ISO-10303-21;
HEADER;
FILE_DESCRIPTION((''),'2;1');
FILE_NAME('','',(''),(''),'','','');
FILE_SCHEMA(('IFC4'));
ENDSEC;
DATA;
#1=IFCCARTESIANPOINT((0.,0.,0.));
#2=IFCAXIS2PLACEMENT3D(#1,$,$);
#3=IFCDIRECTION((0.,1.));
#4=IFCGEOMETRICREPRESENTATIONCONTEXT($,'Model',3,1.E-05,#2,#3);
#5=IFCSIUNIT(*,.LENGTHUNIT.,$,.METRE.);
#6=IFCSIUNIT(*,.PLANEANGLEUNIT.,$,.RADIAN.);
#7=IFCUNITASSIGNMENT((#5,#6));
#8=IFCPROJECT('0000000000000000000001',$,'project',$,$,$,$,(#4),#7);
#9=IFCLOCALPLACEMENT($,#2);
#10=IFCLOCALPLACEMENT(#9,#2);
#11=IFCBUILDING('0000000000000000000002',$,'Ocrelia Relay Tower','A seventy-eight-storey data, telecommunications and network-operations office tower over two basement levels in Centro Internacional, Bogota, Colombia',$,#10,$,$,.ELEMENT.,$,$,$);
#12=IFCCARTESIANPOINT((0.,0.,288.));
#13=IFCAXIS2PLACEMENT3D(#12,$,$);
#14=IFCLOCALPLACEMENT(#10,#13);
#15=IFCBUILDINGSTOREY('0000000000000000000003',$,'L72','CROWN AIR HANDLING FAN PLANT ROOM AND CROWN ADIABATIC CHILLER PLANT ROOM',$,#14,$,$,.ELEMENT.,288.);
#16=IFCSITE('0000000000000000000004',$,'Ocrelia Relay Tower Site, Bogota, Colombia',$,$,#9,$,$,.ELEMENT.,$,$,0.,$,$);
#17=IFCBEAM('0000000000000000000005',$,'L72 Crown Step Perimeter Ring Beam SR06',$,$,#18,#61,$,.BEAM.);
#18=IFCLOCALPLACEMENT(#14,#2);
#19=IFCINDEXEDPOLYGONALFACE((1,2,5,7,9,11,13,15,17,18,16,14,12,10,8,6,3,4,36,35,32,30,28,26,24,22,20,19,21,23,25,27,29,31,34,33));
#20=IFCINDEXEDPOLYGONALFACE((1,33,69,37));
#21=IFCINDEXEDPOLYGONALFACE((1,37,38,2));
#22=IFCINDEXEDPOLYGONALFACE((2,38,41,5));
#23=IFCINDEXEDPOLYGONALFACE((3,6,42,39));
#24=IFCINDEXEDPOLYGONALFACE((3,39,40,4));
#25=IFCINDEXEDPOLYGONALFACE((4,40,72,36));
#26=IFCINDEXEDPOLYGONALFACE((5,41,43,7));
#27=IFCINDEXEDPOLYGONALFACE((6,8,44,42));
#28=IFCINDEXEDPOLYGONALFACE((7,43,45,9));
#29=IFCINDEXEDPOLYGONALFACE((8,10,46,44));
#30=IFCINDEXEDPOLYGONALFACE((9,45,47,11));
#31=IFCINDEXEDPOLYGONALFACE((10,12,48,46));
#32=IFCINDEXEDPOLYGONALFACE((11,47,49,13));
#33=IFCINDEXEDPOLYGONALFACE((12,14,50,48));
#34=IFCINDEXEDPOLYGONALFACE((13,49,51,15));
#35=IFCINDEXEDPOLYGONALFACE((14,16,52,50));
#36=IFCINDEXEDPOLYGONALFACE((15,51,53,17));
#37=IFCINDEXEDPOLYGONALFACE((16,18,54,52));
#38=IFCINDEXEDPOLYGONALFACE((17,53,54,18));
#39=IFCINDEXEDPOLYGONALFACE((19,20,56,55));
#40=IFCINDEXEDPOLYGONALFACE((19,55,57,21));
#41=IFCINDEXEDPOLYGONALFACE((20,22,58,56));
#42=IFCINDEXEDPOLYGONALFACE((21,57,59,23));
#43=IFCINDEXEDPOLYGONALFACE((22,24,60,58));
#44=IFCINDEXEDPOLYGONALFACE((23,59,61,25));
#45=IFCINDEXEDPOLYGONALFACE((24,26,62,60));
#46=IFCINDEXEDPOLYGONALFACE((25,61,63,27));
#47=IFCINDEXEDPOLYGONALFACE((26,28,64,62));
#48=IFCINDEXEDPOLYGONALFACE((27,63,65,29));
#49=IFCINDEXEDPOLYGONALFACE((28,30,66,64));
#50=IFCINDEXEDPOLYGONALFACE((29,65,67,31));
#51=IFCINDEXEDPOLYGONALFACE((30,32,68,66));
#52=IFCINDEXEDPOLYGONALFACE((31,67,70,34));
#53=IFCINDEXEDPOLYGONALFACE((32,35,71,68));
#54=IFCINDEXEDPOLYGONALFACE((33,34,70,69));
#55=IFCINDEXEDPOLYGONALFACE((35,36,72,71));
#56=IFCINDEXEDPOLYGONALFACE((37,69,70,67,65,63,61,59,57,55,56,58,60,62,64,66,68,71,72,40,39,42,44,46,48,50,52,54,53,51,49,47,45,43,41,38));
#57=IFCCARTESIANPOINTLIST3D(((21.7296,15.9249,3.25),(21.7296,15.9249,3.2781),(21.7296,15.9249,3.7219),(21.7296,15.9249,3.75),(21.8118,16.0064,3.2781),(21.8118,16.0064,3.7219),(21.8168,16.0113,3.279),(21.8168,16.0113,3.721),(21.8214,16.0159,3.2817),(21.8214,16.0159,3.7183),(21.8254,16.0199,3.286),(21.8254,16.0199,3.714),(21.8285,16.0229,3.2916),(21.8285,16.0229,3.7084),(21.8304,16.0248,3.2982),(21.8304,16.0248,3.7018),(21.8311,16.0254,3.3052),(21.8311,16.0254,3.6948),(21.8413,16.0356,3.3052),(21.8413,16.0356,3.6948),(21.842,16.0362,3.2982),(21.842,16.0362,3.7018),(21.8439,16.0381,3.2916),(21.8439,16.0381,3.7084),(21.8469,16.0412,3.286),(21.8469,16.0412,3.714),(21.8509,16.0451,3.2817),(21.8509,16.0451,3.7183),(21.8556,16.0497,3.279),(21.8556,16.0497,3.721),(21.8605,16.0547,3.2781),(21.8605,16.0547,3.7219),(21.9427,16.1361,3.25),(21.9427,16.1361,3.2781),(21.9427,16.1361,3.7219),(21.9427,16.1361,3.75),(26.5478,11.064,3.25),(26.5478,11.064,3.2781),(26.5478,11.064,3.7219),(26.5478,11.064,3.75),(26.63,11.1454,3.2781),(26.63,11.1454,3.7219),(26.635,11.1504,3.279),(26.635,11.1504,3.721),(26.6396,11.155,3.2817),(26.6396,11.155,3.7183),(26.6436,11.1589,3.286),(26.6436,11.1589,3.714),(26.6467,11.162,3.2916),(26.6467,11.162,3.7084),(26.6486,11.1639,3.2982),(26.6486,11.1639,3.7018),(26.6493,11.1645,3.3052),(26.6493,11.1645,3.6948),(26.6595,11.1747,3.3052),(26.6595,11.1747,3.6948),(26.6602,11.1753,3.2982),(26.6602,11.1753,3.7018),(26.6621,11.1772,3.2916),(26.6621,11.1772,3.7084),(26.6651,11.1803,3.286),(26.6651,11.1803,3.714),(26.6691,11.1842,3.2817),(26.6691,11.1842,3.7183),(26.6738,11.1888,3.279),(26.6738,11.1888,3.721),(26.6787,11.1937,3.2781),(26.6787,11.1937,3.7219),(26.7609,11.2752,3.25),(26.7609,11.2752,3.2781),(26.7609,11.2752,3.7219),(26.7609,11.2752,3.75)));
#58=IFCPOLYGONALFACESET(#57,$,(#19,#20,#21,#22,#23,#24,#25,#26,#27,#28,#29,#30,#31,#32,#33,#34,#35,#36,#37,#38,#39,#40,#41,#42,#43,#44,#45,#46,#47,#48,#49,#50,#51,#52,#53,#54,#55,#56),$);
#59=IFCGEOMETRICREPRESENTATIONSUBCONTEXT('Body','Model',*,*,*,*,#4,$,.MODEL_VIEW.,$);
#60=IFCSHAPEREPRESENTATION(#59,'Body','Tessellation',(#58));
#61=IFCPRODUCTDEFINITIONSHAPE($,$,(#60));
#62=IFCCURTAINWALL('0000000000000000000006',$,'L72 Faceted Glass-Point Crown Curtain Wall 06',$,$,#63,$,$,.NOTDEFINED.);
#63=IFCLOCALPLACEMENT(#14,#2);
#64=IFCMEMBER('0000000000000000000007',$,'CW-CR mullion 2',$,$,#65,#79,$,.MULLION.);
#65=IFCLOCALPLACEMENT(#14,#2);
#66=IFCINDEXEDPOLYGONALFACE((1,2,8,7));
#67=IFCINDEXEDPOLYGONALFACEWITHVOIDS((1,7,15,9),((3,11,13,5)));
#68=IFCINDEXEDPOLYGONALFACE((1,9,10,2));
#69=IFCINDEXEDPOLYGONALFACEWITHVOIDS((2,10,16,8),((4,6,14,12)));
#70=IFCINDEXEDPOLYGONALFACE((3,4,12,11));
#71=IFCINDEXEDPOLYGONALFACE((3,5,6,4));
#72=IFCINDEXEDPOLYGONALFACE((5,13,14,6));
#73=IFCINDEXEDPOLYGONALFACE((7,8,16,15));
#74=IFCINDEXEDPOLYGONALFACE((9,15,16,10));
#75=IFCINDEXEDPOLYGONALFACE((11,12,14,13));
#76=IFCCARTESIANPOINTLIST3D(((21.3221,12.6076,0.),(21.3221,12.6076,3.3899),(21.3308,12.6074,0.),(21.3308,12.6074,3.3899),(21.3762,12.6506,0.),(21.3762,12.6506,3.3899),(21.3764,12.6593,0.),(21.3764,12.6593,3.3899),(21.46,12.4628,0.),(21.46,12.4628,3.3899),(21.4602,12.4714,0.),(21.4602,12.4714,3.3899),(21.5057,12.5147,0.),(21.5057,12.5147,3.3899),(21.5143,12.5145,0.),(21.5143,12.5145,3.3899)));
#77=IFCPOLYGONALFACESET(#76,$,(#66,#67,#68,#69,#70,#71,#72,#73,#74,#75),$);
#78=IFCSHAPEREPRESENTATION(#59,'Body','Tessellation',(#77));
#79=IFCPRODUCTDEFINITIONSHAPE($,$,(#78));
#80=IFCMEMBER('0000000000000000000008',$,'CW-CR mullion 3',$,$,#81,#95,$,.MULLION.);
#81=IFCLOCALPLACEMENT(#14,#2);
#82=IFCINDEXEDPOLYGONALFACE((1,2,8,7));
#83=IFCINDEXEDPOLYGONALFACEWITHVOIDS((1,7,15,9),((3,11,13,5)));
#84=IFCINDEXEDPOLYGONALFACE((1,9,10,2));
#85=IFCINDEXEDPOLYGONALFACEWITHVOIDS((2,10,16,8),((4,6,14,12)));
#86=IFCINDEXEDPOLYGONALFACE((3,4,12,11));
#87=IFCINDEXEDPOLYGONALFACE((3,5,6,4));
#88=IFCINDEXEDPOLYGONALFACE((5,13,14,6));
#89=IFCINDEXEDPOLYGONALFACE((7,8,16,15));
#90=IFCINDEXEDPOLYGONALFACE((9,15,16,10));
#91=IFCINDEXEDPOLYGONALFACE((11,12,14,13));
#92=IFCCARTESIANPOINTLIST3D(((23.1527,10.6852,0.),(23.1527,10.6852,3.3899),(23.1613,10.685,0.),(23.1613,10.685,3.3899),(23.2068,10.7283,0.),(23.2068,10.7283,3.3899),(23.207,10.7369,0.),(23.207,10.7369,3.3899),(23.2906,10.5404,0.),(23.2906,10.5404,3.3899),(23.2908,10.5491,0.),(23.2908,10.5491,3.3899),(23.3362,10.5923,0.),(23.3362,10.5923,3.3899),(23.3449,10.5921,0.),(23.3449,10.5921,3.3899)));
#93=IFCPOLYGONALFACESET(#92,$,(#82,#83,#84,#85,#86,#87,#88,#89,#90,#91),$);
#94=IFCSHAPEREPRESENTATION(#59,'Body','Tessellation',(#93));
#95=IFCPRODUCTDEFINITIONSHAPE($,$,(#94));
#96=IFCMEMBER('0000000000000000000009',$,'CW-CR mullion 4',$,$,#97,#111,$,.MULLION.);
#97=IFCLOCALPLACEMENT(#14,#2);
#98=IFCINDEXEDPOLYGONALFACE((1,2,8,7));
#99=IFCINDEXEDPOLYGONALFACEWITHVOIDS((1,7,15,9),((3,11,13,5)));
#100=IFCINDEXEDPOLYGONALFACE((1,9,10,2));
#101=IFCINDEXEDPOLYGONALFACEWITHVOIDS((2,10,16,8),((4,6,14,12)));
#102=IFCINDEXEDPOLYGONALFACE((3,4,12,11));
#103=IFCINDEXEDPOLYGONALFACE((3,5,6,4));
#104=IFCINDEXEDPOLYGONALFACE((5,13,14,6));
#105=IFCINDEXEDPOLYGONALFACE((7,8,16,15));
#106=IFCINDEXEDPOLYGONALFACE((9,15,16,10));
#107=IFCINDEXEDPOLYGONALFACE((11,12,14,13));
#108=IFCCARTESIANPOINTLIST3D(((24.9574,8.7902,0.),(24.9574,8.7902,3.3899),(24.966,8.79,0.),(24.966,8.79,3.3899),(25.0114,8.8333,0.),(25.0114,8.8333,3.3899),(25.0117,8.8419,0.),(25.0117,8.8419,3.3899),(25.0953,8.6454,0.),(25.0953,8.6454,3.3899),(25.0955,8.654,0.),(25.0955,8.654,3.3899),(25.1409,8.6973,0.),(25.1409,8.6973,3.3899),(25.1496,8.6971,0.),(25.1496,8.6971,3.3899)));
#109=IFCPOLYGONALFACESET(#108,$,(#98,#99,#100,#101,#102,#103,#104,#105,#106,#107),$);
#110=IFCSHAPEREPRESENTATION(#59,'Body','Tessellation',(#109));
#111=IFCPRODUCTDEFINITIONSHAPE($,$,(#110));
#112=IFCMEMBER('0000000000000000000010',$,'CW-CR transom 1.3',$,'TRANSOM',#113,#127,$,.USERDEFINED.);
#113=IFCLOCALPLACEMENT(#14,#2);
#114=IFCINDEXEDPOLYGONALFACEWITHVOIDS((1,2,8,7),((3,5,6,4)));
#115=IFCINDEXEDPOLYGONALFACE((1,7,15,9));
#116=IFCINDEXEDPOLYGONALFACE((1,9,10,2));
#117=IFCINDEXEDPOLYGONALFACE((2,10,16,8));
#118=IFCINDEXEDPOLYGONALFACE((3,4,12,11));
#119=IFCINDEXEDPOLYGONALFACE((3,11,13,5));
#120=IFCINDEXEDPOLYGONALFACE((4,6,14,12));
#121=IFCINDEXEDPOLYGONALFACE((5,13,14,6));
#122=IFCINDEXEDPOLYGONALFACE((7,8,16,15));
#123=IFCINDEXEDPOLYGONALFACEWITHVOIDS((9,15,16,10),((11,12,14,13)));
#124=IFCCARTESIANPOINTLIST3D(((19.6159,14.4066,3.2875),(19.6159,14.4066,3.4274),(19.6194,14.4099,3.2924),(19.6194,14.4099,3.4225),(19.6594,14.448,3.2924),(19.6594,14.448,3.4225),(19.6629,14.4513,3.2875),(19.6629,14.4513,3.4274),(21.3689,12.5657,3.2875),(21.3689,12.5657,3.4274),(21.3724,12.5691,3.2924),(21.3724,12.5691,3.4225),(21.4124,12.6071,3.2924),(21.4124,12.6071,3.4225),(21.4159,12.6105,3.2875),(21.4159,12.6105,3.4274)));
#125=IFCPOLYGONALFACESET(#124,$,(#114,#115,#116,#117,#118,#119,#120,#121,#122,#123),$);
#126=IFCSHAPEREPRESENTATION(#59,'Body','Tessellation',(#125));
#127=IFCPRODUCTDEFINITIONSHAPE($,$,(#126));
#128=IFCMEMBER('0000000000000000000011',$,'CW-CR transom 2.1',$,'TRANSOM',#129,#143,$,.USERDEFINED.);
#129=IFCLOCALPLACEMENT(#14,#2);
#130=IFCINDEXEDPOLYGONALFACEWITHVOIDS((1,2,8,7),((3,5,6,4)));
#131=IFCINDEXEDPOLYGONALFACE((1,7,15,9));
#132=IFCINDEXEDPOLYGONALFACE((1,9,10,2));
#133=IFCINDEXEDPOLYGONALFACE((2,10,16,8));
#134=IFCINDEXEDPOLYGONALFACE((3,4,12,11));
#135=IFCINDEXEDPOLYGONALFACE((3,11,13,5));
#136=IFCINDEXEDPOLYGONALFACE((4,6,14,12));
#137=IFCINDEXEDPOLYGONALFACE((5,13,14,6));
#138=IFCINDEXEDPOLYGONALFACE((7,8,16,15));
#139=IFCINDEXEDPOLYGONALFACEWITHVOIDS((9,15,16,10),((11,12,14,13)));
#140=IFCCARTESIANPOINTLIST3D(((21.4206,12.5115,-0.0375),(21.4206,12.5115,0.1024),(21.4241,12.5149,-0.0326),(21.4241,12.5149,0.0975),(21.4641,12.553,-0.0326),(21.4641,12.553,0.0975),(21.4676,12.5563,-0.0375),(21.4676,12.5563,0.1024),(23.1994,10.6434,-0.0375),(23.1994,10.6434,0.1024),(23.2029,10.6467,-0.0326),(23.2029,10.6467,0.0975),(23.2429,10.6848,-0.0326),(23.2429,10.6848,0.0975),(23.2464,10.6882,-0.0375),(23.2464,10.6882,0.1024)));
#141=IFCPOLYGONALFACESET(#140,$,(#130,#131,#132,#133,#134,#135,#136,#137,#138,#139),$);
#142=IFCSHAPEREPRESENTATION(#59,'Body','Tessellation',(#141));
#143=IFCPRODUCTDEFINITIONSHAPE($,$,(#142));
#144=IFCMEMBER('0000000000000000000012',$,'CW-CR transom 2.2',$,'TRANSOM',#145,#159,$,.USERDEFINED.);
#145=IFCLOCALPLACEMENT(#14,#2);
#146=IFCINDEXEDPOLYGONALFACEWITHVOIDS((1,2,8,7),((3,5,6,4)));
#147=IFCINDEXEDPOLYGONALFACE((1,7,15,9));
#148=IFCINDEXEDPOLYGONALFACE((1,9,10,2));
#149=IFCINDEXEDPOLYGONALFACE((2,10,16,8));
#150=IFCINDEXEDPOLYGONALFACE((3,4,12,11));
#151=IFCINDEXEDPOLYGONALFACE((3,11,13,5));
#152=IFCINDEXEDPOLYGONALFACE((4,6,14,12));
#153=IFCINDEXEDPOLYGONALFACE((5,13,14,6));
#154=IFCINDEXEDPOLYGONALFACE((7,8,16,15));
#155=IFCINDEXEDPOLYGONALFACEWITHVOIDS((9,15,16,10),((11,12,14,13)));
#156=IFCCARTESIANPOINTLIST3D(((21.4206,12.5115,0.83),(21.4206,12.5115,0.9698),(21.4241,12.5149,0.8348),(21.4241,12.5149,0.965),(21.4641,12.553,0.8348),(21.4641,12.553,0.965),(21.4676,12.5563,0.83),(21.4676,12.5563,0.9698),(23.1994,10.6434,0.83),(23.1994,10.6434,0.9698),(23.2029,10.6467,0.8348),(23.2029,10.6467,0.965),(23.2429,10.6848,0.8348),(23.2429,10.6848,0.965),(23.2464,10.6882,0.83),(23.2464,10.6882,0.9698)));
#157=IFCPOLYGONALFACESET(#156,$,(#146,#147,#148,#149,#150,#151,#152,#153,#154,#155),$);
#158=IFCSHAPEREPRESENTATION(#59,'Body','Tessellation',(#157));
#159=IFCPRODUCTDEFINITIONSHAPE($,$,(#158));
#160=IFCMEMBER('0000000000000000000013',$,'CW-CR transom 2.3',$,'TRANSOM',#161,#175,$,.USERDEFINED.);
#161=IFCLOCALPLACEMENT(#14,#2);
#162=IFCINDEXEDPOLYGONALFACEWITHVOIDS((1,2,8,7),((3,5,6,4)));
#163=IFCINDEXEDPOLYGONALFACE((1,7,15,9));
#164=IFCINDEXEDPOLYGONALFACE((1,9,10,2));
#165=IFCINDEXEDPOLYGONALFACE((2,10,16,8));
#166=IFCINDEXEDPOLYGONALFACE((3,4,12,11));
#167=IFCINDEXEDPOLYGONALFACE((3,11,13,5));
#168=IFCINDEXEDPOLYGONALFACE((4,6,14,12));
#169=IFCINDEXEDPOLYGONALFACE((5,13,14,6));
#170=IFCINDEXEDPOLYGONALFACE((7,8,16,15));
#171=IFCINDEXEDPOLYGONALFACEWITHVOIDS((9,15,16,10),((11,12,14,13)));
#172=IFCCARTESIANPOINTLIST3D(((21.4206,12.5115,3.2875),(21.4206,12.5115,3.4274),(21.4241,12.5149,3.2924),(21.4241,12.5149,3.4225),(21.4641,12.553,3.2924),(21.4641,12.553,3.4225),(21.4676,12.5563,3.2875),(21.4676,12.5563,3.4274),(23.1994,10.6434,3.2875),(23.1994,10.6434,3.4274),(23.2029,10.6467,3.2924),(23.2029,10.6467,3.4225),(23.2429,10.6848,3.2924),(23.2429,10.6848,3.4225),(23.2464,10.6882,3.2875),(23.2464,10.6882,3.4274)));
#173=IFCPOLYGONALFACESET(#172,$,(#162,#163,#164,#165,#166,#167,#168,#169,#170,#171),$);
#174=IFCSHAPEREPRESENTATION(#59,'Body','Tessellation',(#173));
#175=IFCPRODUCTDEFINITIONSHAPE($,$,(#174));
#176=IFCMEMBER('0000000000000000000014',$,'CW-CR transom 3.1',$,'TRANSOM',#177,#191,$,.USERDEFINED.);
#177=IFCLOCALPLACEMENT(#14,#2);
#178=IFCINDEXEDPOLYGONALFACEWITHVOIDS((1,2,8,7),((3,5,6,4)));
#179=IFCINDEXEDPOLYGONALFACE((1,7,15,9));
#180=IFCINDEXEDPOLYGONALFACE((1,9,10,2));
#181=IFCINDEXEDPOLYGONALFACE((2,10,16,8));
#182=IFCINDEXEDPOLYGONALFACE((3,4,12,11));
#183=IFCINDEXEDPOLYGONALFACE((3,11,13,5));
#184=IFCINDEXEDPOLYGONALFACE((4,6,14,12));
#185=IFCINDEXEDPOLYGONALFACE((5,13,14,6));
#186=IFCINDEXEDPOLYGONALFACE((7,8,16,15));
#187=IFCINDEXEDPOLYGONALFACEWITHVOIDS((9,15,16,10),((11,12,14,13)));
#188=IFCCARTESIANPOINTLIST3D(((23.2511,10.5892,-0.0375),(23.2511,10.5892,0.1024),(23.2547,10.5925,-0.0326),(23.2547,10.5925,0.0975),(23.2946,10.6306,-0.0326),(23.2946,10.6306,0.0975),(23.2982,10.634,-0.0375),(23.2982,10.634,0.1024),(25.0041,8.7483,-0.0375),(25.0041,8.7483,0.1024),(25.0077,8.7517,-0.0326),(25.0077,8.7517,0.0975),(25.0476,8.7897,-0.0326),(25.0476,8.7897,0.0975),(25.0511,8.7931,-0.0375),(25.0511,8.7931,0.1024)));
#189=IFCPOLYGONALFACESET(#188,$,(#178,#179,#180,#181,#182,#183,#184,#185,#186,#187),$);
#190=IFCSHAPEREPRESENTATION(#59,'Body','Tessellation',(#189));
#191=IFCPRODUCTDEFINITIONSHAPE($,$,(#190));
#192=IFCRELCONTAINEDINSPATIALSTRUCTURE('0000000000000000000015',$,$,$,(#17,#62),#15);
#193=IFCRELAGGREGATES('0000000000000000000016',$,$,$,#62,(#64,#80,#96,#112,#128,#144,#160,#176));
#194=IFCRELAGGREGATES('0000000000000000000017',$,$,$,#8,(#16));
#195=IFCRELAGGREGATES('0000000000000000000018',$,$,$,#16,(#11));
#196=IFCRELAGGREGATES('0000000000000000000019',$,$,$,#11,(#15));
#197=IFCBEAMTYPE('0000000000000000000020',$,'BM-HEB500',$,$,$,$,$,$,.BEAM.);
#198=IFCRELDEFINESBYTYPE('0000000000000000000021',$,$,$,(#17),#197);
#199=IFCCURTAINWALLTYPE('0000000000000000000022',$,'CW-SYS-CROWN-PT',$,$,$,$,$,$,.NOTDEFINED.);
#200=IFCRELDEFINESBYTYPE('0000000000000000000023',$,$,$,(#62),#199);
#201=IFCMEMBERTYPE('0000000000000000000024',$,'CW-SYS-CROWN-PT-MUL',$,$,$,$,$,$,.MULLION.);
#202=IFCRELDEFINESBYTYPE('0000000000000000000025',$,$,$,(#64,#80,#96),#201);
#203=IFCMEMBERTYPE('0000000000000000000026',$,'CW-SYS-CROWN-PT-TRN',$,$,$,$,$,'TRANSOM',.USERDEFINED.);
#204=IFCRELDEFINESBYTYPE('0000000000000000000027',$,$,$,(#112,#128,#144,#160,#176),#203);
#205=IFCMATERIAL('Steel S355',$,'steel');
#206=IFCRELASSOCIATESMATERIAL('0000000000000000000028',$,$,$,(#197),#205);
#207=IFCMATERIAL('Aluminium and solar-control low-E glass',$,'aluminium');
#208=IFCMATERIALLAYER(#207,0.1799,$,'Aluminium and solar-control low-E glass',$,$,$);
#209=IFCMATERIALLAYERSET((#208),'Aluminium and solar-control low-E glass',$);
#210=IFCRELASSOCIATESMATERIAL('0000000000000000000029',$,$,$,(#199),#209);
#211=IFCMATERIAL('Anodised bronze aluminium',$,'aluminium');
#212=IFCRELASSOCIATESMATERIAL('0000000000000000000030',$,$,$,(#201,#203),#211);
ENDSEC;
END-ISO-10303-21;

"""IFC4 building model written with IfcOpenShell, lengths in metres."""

from ifc_helpers import new_model, si_unit, direction, frame, origin, origin_2d, place, context, subcontext, project, spatial, hollow_rectangle, i_section, extrude, material, layer, layer_set, material_profile, profile_set, type_object, element, aggregate, save


model = new_model("IFC4")

# Units and contexts
model_context = context("Model", 3, precision=1e-05, world=origin(), true_north=direction((0.0, 1.0)))
body_context = subcontext(model_context, "Body", "Model", "MODEL_VIEW")
ifc_project = project(units=[si_unit("LENGTHUNIT", "METRE"), si_unit("PLANEANGLEUNIT", "RADIAN")], contexts=[model_context])

# Site, building, storey
site_placement = place(None, origin())
site = spatial("IfcSite", under=ifc_project, at=site_placement, Name="Ocrelia Relay Tower Site, Bogota, Colombia", CompositionType="ELEMENT", RefElevation=0.0)
building_placement = place(site_placement, origin())
building = spatial("IfcBuilding", under=site, at=building_placement, Name="Ocrelia Relay Tower", Description="A seventy-eight-storey data, telecommunications and network-operations office tower over two basement levels in Centro Internacional, Bogota, Colombia", CompositionType="ELEMENT")
storey_placement = place(building_placement, frame((0.0, 0.0, 288.0)))
storey = spatial("IfcBuildingStorey", under=building, at=storey_placement, Name="L72", Description="CROWN AIR HANDLING FAN PLANT ROOM AND CROWN ADIABATIC CHILLER PLANT ROOM", CompositionType="ELEMENT", Elevation=288.0)

# Beam
ifc_material_1 = material(Name="Steel S355", Category="steel")
ifc_material_profile_1 = material_profile(ifc_material_1, i_section(OverallWidth=0.3, OverallDepth=0.5, WebThickness=0.0144, FlangeThickness=0.0281, FilletRadius=0.0271, at=origin_2d()), Name="HEB 500")
ifc_profile_set_1 = profile_set([ifc_material_profile_1], Name="Steel S355")
beam_type_1 = type_object("IfcBeamType", Name="BM-HEB500", PredefinedType="BEAM", material=ifc_profile_set_1)
beam_1_placement = place(storey_placement, frame((21.8362, 16.0305, 3.5), z_axis=(0.703979, -0.710221, 0.0), x_axis=(0.710221, 0.703979, 0.0)))
element("IfcBeam", 1, at=beam_1_placement, inside=storey, type_object=beam_type_1, Name="L72 Crown Step Perimeter Ring Beam SR06", PredefinedType="BEAM", context=body_context, shape_type="SweptSolid", body=[
    extrude(i_section(OverallWidth=0.3, OverallDepth=0.5, WebThickness=0.0144, FlangeThickness=0.0281, FilletRadius=0.0271, at=origin_2d()), origin(), (0.0, 0.0, 1.0), 6.8442),
])

# Curtain wall, members
ifc_material_2 = material(Name="Aluminium and solar-control low-E glass", Category="aluminium")
ifc_layer_1 = layer(ifc_material_2, 0.1799, Name="Aluminium and solar-control low-E glass")
ifc_layer_set_1 = layer_set([ifc_layer_1], Name="Aluminium and solar-control low-E glass")
curtain_wall_type = type_object("IfcCurtainWallType", Name="CW-SYS-CROWN-PT", PredefinedType="NOTDEFINED", material=ifc_layer_set_1)
curtain_wall_placement = place(storey_placement, origin())
curtain_wall = element("IfcCurtainWall", 2, at=curtain_wall_placement, inside=storey, type_object=curtain_wall_type, Name="L72 Faceted Glass-Point Crown Curtain Wall 06", PredefinedType="NOTDEFINED")
ifc_material_3 = material(Name="Anodised bronze aluminium", Category="aluminium")
ifc_material_profile_2 = material_profile(ifc_material_3, hollow_rectangle(XDim=0.075, YDim=0.2, WallThickness=0.0061, at=origin_2d()), Name="CW-MUL-200x75")
ifc_profile_set_2 = profile_set([ifc_material_profile_2], Name="Anodised bronze aluminium")
member_type_1 = type_object("IfcMemberType", Name="CW-SYS-CROWN-PT-MUL", PredefinedType="MULLION", material=ifc_profile_set_2)
member_1_placement = place(storey_placement, frame((21.4182, 12.561, 0.0), z_axis=(0.0, 0.0, 1.0), x_axis=(0.724175, 0.689617, 0.0)))
member_1 = element("IfcMember", 3, at=member_1_placement, type_object=member_type_1, Name="CW-CR mullion 2", PredefinedType="MULLION", context=body_context, shape_type="SweptSolid", body=[
    extrude(hollow_rectangle(XDim=0.075, YDim=0.2, WallThickness=0.0061, at=origin_2d()), origin(), (0.0, 0.0, 1.0), 3.3899),
])
member_2_placement = place(storey_placement, frame((23.2488, 10.6387, 0.0), z_axis=(0.0, 0.0, 1.0), x_axis=(0.724175, 0.689617, 0.0)))
member_2 = element("IfcMember", 4, at=member_2_placement, type_object=member_type_1, Name="CW-CR mullion 3", PredefinedType="MULLION", context=body_context, shape_type="SweptSolid", body=[
    extrude(hollow_rectangle(XDim=0.075, YDim=0.2, WallThickness=0.0061, at=origin_2d()), origin(), (0.0, 0.0, 1.0), 3.3899),
])
member_3_placement = place(storey_placement, frame((25.0535, 8.7437, 0.0), z_axis=(0.0, 0.0, 1.0), x_axis=(0.724175, 0.689617, 0.0)))
member_3 = element("IfcMember", 5, at=member_3_placement, type_object=member_type_1, Name="CW-CR mullion 4", PredefinedType="MULLION", context=body_context, shape_type="SweptSolid", body=[
    extrude(hollow_rectangle(XDim=0.075, YDim=0.2, WallThickness=0.0061, at=origin_2d()), origin(), (0.0, 0.0, 1.0), 3.3899),
])
ifc_material_profile_3 = material_profile(ifc_material_3, hollow_rectangle(XDim=0.0649, YDim=0.1399, WallThickness=0.0049, at=origin_2d()), Name="CW-TRN-140x65")
ifc_profile_set_3 = profile_set([ifc_material_profile_3], Name="Anodised bronze aluminium")
member_type_2 = type_object("IfcMemberType", Name="CW-SYS-CROWN-PT-TRN", ElementType="TRANSOM", PredefinedType="USERDEFINED", material=ifc_profile_set_3)
member_4_placement = place(storey_placement, frame((19.6394, 14.429, 3.3574), z_axis=(0.689607, -0.724184, 0.0), x_axis=(0.724184, 0.689607, 0.0)))
member_4 = element("IfcMember", 6, at=member_4_placement, type_object=member_type_2, Name="CW-CR transom 1.3", ObjectType="TRANSOM", PredefinedType="USERDEFINED", context=body_context, shape_type="SweptSolid", body=[
    extrude(hollow_rectangle(XDim=0.0649, YDim=0.1399, WallThickness=0.0049, at=origin_2d()), origin(), (0.0, 0.0, 1.0), 2.542),
])
member_5_placement = place(storey_placement, frame((21.4441, 12.5339, 0.0325), z_axis=(0.689575, -0.724214, 0.0), x_axis=(0.724214, 0.689575, 0.0)))
member_5 = element("IfcMember", 7, at=member_5_placement, type_object=member_type_2, Name="CW-CR transom 2.1", ObjectType="TRANSOM", PredefinedType="USERDEFINED", context=body_context, shape_type="SweptSolid", body=[
    extrude(hollow_rectangle(XDim=0.0649, YDim=0.1399, WallThickness=0.0049, at=origin_2d()), origin(), (0.0, 0.0, 1.0), 2.5796),
])
member_6_placement = place(storey_placement, frame((21.4441, 12.5339, 0.8999), z_axis=(0.689575, -0.724214, 0.0), x_axis=(0.724214, 0.689575, 0.0)))
member_6 = element("IfcMember", 8, at=member_6_placement, type_object=member_type_2, Name="CW-CR transom 2.2", ObjectType="TRANSOM", PredefinedType="USERDEFINED", context=body_context, shape_type="SweptSolid", body=[
    extrude(hollow_rectangle(XDim=0.0649, YDim=0.1399, WallThickness=0.0049, at=origin_2d()), origin(), (0.0, 0.0, 1.0), 2.5796),
])
member_7_placement = place(storey_placement, frame((21.4441, 12.5339, 3.3574), z_axis=(0.689575, -0.724214, 0.0), x_axis=(0.724214, 0.689575, 0.0)))
member_7 = element("IfcMember", 9, at=member_7_placement, type_object=member_type_2, Name="CW-CR transom 2.3", ObjectType="TRANSOM", PredefinedType="USERDEFINED", context=body_context, shape_type="SweptSolid", body=[
    extrude(hollow_rectangle(XDim=0.0649, YDim=0.1399, WallThickness=0.0049, at=origin_2d()), origin(), (0.0, 0.0, 1.0), 2.5796),
])
member_8_placement = place(storey_placement, frame((23.2747, 10.6116, 0.0325), z_axis=(0.689607, -0.724184, 0.0), x_axis=(0.724184, 0.689607, 0.0)))
member_8 = element("IfcMember", 10, at=member_8_placement, type_object=member_type_2, Name="CW-CR transom 3.1", ObjectType="TRANSOM", PredefinedType="USERDEFINED", context=body_context, shape_type="SweptSolid", body=[
    extrude(hollow_rectangle(XDim=0.0649, YDim=0.1399, WallThickness=0.0049, at=origin_2d()), origin(), (0.0, 0.0, 1.0), 2.542),
])

aggregate(curtain_wall, [member_1, member_2, member_3, member_4, member_5, member_6, member_7, member_8])

save(model, "model.ifc")
